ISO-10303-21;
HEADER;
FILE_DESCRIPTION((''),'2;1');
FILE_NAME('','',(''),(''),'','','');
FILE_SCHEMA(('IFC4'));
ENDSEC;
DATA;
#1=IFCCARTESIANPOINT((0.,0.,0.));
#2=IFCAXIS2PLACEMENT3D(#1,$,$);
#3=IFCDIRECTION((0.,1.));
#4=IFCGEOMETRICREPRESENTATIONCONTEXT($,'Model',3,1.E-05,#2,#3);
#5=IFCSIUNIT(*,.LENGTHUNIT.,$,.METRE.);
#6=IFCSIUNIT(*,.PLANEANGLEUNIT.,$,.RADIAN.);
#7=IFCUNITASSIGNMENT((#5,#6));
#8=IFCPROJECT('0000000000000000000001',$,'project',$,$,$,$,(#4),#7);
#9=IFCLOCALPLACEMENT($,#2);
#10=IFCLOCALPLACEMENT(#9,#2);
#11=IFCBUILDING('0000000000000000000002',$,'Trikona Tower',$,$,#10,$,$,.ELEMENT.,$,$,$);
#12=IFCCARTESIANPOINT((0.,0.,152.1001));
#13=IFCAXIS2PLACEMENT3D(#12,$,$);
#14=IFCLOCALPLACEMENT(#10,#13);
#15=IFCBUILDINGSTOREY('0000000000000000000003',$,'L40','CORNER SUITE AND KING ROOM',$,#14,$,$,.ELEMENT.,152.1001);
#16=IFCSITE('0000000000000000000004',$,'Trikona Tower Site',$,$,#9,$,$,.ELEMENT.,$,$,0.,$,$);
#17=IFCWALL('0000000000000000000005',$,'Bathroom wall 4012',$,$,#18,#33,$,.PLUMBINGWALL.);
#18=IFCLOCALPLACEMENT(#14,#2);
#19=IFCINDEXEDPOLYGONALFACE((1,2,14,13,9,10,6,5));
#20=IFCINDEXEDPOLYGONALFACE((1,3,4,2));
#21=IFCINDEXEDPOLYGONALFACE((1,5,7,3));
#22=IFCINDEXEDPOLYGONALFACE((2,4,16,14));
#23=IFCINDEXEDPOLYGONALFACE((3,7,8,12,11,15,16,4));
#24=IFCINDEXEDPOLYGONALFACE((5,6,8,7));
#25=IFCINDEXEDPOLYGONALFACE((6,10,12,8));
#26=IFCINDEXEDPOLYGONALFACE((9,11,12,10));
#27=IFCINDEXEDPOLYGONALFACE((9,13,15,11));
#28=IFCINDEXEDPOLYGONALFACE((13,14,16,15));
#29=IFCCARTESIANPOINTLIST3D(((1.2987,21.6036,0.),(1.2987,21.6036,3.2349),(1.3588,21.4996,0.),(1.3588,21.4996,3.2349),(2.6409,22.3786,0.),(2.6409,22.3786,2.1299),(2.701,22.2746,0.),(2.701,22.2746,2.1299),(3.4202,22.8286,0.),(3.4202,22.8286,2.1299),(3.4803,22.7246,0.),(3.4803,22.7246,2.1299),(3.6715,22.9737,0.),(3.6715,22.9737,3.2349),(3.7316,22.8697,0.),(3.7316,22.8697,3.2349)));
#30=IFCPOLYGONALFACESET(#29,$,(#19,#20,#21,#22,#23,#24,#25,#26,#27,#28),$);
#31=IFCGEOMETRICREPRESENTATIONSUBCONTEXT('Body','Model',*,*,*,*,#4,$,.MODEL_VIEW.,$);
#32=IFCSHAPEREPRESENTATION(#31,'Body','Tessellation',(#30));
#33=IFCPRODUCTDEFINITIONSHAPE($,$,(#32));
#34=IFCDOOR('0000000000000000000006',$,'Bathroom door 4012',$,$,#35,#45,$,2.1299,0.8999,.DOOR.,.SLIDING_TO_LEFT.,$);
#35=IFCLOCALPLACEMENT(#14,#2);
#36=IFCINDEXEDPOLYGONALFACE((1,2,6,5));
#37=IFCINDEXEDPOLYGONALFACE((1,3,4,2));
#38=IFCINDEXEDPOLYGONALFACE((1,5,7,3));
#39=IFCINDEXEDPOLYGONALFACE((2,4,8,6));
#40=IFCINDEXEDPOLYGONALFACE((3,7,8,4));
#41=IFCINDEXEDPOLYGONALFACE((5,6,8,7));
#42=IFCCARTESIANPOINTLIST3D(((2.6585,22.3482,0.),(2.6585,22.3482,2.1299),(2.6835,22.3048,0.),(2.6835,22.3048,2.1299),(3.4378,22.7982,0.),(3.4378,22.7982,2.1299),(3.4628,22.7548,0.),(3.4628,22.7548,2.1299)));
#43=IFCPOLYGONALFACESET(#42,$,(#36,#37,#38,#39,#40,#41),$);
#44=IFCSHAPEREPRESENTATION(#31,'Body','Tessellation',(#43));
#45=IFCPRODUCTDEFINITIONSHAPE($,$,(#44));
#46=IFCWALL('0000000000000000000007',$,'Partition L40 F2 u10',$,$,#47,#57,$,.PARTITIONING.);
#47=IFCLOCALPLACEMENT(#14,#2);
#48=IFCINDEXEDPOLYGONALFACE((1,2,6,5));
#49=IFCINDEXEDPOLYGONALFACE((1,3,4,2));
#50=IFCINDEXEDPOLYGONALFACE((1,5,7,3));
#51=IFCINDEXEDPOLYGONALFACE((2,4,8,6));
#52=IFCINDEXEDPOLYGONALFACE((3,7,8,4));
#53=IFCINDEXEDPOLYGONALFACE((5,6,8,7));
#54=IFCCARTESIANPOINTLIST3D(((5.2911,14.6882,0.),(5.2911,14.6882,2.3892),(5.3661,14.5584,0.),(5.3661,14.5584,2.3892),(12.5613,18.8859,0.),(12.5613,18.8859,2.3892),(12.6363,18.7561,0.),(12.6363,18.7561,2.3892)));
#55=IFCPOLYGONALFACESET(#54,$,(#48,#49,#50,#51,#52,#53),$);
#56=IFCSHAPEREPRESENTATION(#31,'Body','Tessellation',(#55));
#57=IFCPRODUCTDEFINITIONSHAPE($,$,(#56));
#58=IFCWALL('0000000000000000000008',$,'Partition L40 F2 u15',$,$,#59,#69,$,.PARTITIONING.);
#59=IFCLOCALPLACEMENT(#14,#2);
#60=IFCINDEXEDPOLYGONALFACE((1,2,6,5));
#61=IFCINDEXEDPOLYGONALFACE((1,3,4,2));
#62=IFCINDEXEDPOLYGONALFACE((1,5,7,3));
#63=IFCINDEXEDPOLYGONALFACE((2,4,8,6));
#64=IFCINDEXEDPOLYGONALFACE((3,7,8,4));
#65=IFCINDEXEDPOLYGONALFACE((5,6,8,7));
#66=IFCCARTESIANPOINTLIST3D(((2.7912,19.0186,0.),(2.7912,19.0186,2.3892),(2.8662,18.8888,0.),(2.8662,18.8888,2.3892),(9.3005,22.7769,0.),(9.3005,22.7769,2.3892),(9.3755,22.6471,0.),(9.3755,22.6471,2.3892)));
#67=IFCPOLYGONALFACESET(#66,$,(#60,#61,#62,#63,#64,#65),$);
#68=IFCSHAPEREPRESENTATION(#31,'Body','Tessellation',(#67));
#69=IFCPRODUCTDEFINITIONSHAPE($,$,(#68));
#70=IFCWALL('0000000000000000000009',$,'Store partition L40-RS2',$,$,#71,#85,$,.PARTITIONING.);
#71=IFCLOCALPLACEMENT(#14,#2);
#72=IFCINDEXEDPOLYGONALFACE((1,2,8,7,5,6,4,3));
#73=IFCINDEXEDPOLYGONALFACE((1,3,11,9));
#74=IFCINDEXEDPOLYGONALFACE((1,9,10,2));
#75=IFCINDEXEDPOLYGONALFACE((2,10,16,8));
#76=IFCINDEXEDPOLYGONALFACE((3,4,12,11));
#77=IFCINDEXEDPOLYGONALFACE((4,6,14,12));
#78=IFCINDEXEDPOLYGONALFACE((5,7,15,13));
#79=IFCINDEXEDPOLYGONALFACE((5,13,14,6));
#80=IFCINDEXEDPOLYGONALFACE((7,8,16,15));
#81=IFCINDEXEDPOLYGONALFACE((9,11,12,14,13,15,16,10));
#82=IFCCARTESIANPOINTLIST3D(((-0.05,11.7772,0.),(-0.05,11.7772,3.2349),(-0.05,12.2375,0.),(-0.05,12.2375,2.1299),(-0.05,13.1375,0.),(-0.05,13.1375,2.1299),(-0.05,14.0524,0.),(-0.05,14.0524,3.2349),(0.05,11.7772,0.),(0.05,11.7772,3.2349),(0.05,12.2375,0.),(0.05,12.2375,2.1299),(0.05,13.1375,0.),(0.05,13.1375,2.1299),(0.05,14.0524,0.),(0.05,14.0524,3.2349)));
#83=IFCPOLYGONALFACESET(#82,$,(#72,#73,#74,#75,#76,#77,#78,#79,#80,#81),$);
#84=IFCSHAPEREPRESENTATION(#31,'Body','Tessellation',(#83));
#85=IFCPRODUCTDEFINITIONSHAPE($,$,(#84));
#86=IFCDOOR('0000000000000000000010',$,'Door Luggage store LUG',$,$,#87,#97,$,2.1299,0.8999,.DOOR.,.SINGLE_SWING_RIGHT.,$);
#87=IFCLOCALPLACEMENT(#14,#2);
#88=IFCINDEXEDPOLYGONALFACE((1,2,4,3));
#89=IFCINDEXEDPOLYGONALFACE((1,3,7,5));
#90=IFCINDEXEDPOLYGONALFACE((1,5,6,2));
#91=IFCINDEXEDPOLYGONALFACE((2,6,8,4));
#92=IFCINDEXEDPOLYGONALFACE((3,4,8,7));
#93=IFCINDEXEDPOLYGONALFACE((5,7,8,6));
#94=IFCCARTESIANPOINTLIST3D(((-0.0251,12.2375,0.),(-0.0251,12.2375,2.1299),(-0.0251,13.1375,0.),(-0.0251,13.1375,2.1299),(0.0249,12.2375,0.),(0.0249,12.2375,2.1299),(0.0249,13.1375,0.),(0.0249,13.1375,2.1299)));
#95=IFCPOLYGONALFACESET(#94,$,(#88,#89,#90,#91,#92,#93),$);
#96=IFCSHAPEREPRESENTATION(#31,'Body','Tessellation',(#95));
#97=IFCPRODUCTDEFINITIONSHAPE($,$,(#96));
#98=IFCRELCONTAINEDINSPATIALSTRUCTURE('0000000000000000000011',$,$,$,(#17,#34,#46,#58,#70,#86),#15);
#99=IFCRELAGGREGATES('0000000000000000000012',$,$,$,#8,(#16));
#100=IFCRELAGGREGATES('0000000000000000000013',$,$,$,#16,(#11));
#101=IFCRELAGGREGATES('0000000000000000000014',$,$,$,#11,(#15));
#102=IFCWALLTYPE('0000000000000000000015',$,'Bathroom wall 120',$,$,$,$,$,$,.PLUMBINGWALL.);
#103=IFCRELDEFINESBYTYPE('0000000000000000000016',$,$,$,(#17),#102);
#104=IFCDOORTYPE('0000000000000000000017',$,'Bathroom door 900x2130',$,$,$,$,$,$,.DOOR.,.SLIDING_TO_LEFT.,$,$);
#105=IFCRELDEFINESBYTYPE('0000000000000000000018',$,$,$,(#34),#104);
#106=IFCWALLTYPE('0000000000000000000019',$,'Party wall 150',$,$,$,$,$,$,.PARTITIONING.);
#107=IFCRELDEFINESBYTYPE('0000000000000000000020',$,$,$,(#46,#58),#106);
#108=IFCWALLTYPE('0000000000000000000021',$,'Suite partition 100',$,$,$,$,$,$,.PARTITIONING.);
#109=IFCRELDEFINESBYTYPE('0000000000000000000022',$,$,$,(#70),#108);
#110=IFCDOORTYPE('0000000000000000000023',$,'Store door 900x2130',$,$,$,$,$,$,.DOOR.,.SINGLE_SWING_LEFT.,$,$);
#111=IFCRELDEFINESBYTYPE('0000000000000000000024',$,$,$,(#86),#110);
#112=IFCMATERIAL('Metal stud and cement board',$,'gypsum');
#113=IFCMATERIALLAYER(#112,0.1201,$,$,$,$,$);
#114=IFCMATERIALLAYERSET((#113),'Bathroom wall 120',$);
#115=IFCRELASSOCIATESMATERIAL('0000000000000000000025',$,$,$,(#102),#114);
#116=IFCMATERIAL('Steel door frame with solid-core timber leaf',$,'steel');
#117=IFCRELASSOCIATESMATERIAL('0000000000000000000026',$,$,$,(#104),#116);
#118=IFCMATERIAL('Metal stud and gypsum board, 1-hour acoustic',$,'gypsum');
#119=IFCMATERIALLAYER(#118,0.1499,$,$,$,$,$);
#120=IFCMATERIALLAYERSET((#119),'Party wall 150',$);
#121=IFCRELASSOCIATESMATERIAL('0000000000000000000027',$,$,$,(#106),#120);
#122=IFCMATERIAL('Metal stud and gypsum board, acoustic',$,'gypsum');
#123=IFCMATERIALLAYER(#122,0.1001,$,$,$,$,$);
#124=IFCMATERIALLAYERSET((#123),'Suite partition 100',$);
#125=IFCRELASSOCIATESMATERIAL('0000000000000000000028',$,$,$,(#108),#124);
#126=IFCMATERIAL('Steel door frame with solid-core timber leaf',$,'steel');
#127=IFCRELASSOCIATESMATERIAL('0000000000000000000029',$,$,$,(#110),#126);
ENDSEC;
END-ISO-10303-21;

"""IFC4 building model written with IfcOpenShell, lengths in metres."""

from ifc_helpers import new_model, si_unit, direction, frame, frame_2d, origin, place, context, subcontext, project, spatial, rectangle, extrude, material, layer, layer_set, type_object, element, fill, save


model = new_model("IFC4")

# Units and contexts
model_context = context("Model", 3, precision=1e-05, world=origin(), true_north=direction((0.0, 1.0)))
body_context = subcontext(model_context, "Body", "Model", "MODEL_VIEW")
ifc_project = project(units=[si_unit("LENGTHUNIT", "METRE"), si_unit("PLANEANGLEUNIT", "RADIAN")], contexts=[model_context])

# Site, building, storey
site_placement = place(None, origin())
site = spatial("IfcSite", under=ifc_project, at=site_placement, Name="Trikona Tower Site", CompositionType="ELEMENT", RefElevation=0.0)
building_placement = place(site_placement, origin())
building = spatial("IfcBuilding", under=site, at=building_placement, Name="Trikona Tower", CompositionType="ELEMENT")
storey_placement = place(building_placement, frame((0.0, 0.0, 152.1001)))
storey = spatial("IfcBuildingStorey", under=building, at=storey_placement, Name="L40", Description="CORNER SUITE AND KING ROOM", CompositionType="ELEMENT", Elevation=152.1001)

# Shared definitions
ifc_material_1 = material(Name="Metal stud and cement board", Category="gypsum")
ifc_layer_1 = layer(ifc_material_1, 0.1201)
ifc_layer_set_1 = layer_set([ifc_layer_1], Name="Bathroom wall 120")
wall_type_1 = type_object("IfcWallType", Name="Bathroom wall 120", PredefinedType="PLUMBINGWALL", material=ifc_layer_set_1)

# Shared definitions
ifc_material_2 = material(Name="Steel door frame with solid-core timber leaf", Category="steel")
door_type_1 = type_object("IfcDoorType", Name="Bathroom door 900x2130", OperationType="SLIDING_TO_LEFT", PredefinedType="DOOR", material=ifc_material_2)

# Wall, opening, door
wall_1_placement = place(storey_placement, frame((1.3286, 21.5515, 0.0), z_axis=(0.0, 0.0, 1.0), x_axis=(0.865997, 0.500049, 0.0)))
wall_1 = element("IfcWall", 1, at=wall_1_placement, inside=storey, type_object=wall_type_1, Name="Bathroom wall 4012", PredefinedType="PLUMBINGWALL", context=body_context, shape_type="SweptSolid", body=[
    extrude(rectangle(XDim=2.74, YDim=0.1201, at=frame_2d((1.3701, 0.0))), origin(), (0.0, 0.0, 1.0), 3.2349),
])
opening_1_placement = place(wall_1_placement, frame((1.55, 0.0, 0.0)))
opening_1 = element("IfcOpeningElement", 2, at=opening_1_placement, cuts=wall_1, PredefinedType="OPENING", context=body_context, shape_type="SweptSolid", body=[
    extrude(rectangle(XDim=0.8999, YDim=2.1299, at=frame_2d((0.45, 1.0649))), frame((0.0, 0.0701, 0.0), z_axis=(0.0, -1.0, 0.0), x_axis=(1.0, 0.0, 0.0)), (0.0, 0.0, 1.0), 0.1401),
])
door_1_placement = place(opening_1_placement, origin())
door_1 = element("IfcDoor", 3, at=door_1_placement, inside=storey, type_object=door_type_1, Name="Bathroom door 4012", OperationType="SLIDING_TO_LEFT", OverallHeight=2.1299, OverallWidth=0.8999, PredefinedType="DOOR", context=body_context, shape_type="SweptSolid", body=[
    extrude(rectangle(XDim=0.8999, YDim=2.1299, at=frame_2d((0.45, 1.0649))), frame((0.0, 0.0249, 0.0), z_axis=(0.0, -1.0, 0.0), x_axis=(1.0, 0.0, 0.0)), (0.0, 0.0, 1.0), 0.05),
])
fill(opening_1, door_1)

# Walls
ifc_material_3 = material(Name="Metal stud and gypsum board, 1-hour acoustic", Category="gypsum")
ifc_layer_2 = layer(ifc_material_3, 0.1499)
ifc_layer_set_2 = layer_set([ifc_layer_2], Name="Party wall 150")
wall_type_2 = type_object("IfcWallType", Name="Party wall 150", PredefinedType="PARTITIONING", material=ifc_layer_set_2)
wall_2_placement = place(storey_placement, frame((5.3286, 14.6233, 0.0), z_axis=(0.0, 0.0, 1.0), x_axis=(0.866012, 0.500024, 0.0)))
element("IfcWall", 4, at=wall_2_placement, inside=storey, type_object=wall_type_2, Name="Partition L40 F2 u10", PredefinedType="PARTITIONING", context=body_context, shape_type="SweptSolid", body=[
    extrude(rectangle(XDim=8.395, YDim=0.1499, at=frame_2d((4.1975, 0.0))), origin(), (0.0, 0.0, 1.0), 2.3892),
])
wall_3_placement = place(storey_placement, frame((2.8286, 18.9536, 0.0), z_axis=(0.0, 0.0, 1.0), x_axis=(0.866016, 0.500017, 0.0)))
element("IfcWall", 5, at=wall_3_placement, inside=storey, type_object=wall_type_2, Name="Partition L40 F2 u15", PredefinedType="PARTITIONING", context=body_context, shape_type="SweptSolid", body=[
    extrude(rectangle(XDim=7.5164, YDim=0.1499, at=frame_2d((3.7583, 0.0))), origin(), (0.0, 0.0, 1.0), 2.3892),
])

# Wall, opening, door
ifc_material_4 = material(Name="Metal stud and gypsum board, acoustic", Category="gypsum")
ifc_layer_3 = layer(ifc_material_4, 0.1001)
ifc_layer_set_3 = layer_set([ifc_layer_3], Name="Suite partition 100")
wall_type_3 = type_object("IfcWallType", Name="Suite partition 100", PredefinedType="PARTITIONING", material=ifc_layer_set_3)
wall_4_placement = place(storey_placement, frame((0.0, 14.0525, 0.0), z_axis=(0.0, 0.0, 1.0), x_axis=(0.0, -1.0, 0.0)))
wall_4 = element("IfcWall", 6, at=wall_4_placement, inside=storey, type_object=wall_type_3, Name="Store partition L40-RS2", PredefinedType="PARTITIONING", context=body_context, shape_type="SweptSolid", body=[
    extrude(rectangle(XDim=2.2751, YDim=0.1001, at=frame_2d((1.1377, 0.0))), origin(), (0.0, 0.0, 1.0), 3.2349),
])
opening_2_placement = place(wall_4_placement, frame((0.915, 0.0, 0.0)))
opening_2 = element("IfcOpeningElement", 7, at=opening_2_placement, cuts=wall_4, PredefinedType="OPENING", context=body_context, shape_type="SweptSolid", body=[
    extrude(rectangle(XDim=0.8999, YDim=2.1299, at=frame_2d((0.45, 1.0649))), frame((0.0, 0.0601, 0.0), z_axis=(0.0, -1.0, 0.0), x_axis=(1.0, 0.0, 0.0)), (0.0, 0.0, 1.0), 0.1201),
])
ifc_material_5 = material(Name="Steel door frame with solid-core timber leaf", Category="steel")
door_type_2 = type_object("IfcDoorType", Name="Store door 900x2130", OperationType="SINGLE_SWING_LEFT", PredefinedType="DOOR", material=ifc_material_5)
door_2_placement = place(opening_2_placement, origin())
door_2 = element("IfcDoor", 8, at=door_2_placement, inside=storey, type_object=door_type_2, Name="Door Luggage store LUG", OperationType="SINGLE_SWING_RIGHT", OverallHeight=2.1299, OverallWidth=0.8999, PredefinedType="DOOR", context=body_context, shape_type="SweptSolid", body=[
    extrude(rectangle(XDim=0.8999, YDim=2.1299, at=frame_2d((0.45, 1.0649))), frame((0.0, 0.0249, 0.0), z_axis=(0.0, -1.0, 0.0), x_axis=(1.0, 0.0, 0.0)), (0.0, 0.0, 1.0), 0.05),
])
fill(opening_2, door_2)

save(model, "model.ifc")
